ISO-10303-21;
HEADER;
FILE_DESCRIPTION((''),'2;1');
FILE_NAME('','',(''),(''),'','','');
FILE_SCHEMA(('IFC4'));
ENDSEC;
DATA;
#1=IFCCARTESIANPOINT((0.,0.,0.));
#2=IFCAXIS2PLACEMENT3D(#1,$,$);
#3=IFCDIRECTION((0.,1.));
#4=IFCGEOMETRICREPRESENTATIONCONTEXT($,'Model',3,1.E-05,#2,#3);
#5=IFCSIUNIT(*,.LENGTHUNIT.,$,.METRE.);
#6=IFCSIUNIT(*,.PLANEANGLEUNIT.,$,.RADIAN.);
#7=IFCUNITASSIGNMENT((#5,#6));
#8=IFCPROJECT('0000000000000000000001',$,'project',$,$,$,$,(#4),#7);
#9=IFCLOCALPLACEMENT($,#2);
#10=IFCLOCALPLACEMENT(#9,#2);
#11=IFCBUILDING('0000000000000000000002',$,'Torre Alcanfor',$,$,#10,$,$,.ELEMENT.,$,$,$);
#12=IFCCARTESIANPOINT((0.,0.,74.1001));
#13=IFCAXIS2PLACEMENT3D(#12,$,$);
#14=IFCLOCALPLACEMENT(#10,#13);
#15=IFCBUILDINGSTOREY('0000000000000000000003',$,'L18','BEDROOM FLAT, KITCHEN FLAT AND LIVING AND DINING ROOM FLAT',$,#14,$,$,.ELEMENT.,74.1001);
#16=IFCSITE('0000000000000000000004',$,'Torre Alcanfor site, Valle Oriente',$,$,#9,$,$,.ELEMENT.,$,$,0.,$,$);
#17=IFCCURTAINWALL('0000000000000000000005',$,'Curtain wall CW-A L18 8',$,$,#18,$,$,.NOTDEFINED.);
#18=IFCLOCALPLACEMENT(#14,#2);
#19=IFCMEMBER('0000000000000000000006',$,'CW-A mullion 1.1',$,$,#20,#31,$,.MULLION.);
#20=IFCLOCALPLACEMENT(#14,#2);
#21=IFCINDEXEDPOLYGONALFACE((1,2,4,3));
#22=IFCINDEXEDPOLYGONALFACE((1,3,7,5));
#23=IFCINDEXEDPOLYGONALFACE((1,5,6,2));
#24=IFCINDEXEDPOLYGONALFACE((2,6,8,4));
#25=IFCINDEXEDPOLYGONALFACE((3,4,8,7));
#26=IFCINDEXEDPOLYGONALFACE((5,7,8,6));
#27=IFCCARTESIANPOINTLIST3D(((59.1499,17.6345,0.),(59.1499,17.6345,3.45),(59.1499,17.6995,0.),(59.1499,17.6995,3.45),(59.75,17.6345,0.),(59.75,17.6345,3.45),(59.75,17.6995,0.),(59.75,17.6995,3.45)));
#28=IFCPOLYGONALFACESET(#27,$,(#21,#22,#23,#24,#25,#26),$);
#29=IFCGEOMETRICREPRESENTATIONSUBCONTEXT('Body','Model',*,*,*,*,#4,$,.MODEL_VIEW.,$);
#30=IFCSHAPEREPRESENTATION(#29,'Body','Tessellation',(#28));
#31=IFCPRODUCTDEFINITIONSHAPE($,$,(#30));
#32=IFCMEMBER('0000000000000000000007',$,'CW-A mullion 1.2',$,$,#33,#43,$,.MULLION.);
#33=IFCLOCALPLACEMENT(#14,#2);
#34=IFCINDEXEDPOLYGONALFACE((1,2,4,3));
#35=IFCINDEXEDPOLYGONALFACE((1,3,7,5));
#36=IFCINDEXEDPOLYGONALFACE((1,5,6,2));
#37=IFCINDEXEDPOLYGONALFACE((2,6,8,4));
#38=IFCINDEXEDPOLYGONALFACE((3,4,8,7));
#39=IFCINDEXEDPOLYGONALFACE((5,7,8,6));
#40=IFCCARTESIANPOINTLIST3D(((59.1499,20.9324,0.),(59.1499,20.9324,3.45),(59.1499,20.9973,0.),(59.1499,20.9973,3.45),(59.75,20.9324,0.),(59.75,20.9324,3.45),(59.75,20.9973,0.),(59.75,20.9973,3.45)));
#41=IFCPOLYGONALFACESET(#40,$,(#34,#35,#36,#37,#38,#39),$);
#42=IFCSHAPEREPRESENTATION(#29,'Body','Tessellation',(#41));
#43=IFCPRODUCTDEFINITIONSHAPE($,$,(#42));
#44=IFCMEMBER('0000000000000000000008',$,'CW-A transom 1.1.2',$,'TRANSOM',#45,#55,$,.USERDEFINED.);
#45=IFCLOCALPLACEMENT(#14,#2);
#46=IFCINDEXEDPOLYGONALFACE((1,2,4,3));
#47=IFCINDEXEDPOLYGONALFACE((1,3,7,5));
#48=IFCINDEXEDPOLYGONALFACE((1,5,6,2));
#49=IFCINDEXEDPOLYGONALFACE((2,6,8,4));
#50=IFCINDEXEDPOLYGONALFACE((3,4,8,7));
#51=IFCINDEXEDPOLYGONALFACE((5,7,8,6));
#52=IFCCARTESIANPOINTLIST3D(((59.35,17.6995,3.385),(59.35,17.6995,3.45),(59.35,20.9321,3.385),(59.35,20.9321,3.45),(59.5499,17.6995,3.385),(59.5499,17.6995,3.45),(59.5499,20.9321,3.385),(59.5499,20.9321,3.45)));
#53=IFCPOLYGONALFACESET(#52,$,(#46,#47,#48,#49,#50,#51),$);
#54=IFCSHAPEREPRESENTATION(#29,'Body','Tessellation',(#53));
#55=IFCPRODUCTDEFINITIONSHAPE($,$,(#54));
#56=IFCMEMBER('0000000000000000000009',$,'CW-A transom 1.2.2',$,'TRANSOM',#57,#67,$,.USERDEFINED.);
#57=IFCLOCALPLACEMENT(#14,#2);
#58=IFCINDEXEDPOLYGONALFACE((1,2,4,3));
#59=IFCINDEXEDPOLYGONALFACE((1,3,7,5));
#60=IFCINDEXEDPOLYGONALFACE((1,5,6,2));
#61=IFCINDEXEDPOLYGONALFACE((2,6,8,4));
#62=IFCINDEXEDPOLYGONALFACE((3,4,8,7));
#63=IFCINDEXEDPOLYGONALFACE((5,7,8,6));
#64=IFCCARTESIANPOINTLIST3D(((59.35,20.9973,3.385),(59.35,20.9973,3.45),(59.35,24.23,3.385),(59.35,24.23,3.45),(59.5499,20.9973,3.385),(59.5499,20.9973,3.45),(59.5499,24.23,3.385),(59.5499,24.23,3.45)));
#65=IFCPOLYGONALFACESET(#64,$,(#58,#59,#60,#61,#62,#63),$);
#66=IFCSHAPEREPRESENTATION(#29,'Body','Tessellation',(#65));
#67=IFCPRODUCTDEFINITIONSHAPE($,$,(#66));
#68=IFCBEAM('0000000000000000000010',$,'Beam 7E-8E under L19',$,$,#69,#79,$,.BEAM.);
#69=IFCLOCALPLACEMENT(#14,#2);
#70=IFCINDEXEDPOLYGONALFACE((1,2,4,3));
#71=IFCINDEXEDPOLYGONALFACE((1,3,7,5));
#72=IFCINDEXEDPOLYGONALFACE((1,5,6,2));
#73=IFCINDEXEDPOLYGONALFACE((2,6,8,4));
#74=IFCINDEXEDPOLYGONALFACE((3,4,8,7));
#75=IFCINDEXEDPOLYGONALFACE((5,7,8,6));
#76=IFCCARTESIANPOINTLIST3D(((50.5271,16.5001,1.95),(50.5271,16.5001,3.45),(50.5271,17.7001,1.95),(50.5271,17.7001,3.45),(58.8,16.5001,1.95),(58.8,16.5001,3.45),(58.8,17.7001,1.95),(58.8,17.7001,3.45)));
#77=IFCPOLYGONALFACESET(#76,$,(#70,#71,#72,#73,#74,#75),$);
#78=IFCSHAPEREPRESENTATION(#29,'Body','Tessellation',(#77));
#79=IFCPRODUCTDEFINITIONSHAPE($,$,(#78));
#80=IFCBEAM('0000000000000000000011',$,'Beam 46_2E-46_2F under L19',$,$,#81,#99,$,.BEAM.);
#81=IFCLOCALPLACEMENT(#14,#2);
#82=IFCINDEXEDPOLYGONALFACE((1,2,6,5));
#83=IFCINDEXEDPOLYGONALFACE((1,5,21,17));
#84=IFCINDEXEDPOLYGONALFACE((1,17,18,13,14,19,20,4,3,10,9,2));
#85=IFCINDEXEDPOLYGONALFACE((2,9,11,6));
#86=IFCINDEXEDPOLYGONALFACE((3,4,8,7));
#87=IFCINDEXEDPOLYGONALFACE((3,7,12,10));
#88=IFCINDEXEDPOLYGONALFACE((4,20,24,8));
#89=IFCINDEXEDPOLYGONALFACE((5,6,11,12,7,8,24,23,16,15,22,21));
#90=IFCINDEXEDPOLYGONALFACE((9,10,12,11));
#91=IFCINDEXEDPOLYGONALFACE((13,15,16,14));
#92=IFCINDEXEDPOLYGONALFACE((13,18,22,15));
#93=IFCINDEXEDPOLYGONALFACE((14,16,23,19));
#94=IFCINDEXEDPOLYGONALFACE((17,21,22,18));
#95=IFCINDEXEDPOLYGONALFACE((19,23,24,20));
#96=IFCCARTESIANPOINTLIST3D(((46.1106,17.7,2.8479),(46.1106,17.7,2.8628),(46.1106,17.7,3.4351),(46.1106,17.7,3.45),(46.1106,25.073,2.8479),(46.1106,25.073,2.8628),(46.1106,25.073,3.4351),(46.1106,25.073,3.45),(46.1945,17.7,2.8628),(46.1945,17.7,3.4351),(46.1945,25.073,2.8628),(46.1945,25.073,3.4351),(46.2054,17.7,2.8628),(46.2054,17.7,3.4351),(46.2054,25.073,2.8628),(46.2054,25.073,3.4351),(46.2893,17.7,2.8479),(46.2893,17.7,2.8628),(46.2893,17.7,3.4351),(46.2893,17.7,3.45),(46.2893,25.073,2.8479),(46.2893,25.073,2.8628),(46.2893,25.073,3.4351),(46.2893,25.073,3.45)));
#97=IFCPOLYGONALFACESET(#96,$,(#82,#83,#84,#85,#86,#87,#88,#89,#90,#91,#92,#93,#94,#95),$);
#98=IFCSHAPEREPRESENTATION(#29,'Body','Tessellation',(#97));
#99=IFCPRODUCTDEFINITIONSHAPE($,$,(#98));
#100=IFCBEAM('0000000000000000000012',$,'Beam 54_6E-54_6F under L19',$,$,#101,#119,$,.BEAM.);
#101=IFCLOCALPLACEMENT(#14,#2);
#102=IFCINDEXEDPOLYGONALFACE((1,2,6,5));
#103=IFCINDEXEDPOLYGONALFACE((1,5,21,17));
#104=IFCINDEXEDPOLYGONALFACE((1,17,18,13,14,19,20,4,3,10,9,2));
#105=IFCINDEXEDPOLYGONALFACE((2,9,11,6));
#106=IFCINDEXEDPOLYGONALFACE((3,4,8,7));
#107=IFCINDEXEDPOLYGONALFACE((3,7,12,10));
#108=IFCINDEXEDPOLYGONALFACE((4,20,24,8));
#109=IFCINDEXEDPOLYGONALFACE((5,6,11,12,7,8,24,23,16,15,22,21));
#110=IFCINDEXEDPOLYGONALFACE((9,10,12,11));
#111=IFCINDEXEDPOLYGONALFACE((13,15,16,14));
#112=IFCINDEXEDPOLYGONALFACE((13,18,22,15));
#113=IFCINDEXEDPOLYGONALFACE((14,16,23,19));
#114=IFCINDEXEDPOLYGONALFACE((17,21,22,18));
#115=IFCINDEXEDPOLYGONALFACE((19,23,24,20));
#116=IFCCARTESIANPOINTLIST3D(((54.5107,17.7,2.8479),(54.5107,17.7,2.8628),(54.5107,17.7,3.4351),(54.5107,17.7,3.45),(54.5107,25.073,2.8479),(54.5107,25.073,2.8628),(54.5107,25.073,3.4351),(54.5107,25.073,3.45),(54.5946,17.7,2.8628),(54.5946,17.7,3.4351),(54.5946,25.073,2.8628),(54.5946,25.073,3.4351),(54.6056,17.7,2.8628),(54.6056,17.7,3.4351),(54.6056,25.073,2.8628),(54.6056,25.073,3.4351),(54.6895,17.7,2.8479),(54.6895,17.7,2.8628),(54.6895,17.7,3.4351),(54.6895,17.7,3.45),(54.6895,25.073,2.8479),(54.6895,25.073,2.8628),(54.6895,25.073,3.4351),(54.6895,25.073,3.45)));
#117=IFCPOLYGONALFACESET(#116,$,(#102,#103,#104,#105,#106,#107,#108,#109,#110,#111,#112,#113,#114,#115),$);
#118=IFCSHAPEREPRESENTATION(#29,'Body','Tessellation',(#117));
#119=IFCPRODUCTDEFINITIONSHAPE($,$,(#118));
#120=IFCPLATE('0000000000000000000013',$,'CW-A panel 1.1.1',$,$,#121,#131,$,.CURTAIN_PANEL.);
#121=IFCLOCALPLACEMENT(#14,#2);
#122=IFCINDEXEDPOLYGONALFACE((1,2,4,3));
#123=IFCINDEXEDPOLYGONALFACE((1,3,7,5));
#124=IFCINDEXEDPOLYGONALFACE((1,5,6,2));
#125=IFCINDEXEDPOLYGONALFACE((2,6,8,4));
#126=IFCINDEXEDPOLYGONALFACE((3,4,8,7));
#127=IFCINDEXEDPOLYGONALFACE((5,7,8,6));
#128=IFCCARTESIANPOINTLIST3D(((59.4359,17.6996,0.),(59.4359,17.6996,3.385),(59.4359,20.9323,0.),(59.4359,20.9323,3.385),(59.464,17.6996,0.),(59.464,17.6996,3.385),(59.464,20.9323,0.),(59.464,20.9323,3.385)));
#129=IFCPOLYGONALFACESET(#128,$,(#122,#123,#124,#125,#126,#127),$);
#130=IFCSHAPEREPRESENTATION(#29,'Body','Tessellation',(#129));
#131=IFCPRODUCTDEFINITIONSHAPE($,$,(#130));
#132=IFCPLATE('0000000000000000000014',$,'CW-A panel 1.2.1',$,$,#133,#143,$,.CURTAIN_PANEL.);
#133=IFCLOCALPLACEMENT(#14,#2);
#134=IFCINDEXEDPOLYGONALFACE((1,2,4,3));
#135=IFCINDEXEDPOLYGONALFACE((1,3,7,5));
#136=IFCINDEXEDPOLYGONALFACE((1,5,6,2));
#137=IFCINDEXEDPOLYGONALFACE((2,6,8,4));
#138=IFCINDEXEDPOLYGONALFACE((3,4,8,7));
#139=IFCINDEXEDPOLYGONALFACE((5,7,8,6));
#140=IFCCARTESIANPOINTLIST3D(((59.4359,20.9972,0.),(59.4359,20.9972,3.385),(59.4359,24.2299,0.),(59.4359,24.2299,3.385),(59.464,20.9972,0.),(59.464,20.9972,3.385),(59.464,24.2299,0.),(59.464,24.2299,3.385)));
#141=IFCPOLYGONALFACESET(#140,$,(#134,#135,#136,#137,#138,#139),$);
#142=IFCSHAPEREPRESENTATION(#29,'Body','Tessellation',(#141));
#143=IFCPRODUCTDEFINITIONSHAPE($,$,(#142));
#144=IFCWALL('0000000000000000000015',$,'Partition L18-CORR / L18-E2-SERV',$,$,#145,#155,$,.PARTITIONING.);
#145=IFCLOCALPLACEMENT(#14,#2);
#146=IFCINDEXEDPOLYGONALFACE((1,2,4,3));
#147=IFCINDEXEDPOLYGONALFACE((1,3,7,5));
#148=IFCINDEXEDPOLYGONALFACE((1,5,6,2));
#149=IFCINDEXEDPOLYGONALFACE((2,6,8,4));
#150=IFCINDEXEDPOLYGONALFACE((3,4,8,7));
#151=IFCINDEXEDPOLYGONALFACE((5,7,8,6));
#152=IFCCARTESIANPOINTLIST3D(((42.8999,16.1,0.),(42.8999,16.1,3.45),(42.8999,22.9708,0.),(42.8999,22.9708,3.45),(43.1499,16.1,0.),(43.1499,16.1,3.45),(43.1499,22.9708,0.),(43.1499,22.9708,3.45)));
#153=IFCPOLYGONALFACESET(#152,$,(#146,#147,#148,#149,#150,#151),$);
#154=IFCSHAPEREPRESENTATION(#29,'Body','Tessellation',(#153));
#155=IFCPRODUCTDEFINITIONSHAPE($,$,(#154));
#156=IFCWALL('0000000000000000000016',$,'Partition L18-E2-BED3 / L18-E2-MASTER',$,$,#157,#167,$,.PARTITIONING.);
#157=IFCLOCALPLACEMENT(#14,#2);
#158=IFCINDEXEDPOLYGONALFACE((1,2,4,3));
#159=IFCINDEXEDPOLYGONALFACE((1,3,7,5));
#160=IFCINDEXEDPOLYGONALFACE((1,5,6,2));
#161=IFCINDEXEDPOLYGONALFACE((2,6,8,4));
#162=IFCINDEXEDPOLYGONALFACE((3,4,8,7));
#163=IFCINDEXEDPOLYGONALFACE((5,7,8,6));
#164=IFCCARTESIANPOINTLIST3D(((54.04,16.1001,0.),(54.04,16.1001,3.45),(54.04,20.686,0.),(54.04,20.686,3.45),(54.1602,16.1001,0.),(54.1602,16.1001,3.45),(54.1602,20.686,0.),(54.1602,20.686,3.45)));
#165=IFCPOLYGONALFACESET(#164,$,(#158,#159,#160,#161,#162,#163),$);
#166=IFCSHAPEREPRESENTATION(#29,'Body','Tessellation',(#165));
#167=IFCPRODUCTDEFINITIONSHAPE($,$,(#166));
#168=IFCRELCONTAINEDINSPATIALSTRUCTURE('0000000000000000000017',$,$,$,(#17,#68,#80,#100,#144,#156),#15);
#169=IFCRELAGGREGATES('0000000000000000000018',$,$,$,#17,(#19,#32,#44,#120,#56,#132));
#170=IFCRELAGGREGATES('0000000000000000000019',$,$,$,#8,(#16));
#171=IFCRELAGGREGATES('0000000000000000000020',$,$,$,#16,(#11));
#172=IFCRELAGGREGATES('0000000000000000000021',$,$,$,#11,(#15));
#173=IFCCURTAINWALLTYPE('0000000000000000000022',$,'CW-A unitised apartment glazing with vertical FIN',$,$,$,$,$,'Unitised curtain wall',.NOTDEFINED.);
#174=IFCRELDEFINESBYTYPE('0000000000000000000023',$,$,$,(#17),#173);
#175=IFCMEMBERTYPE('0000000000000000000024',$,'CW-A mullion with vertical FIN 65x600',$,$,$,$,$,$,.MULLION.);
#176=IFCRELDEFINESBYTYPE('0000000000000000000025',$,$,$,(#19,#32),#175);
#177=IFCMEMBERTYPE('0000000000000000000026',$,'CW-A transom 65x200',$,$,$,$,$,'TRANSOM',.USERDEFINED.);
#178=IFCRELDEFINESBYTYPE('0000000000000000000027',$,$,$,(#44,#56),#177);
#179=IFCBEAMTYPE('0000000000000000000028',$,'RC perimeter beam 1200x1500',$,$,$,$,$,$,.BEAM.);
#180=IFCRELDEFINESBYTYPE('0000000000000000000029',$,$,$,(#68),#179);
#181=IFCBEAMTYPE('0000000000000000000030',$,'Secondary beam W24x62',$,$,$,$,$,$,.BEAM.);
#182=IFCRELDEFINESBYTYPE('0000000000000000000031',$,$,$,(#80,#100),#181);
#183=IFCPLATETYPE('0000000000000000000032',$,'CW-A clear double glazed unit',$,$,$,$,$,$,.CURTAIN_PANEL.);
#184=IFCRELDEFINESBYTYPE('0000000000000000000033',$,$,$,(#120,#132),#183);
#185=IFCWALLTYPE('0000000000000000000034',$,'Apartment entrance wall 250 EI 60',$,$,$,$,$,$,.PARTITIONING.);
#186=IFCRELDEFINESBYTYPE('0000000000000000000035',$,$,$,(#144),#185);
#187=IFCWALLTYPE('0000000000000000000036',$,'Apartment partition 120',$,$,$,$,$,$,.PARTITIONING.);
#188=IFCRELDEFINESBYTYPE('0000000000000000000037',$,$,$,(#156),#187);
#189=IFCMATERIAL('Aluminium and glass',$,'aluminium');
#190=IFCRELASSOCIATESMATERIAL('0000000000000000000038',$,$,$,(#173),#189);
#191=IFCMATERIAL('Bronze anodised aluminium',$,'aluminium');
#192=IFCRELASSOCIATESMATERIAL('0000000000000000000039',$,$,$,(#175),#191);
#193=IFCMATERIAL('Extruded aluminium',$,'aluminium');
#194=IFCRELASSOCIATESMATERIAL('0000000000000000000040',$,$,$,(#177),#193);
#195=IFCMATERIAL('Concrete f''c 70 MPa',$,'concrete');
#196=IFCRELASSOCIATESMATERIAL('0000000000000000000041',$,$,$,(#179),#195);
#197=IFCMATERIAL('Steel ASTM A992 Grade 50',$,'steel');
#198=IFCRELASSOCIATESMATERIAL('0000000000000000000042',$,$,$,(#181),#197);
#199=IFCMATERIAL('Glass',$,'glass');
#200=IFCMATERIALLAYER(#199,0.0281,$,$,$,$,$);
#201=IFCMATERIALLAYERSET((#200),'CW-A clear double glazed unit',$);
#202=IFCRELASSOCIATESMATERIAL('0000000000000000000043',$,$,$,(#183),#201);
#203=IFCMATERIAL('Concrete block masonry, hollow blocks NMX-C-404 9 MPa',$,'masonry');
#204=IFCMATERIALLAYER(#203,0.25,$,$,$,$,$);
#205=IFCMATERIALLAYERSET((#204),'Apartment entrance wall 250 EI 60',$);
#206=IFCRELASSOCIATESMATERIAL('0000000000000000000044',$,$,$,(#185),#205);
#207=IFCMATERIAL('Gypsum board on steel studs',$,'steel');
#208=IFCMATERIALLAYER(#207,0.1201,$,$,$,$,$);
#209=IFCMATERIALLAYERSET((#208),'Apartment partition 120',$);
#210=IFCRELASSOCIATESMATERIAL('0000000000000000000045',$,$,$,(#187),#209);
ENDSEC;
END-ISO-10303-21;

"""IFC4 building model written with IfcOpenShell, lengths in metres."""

from ifc_helpers import new_model, si_unit, direction, frame, frame_2d, origin, origin_2d, place, context, subcontext, project, spatial, rectangle, i_section, extrude, material, layer, layer_set, material_profile, profile_set, type_object, element, aggregate, save


model = new_model("IFC4")

# Units and contexts
model_context = context("Model", 3, precision=1e-05, world=origin(), true_north=direction((0.0, 1.0)))
body_context = subcontext(model_context, "Body", "Model", "MODEL_VIEW")
ifc_project = project(units=[si_unit("LENGTHUNIT", "METRE"), si_unit("PLANEANGLEUNIT", "RADIAN")], contexts=[model_context])

# Site, building, storey
site_placement = place(None, origin())
site = spatial("IfcSite", under=ifc_project, at=site_placement, Name="Torre Alcanfor site, Valle Oriente", CompositionType="ELEMENT", RefElevation=0.0)
building_placement = place(site_placement, origin())
building = spatial("IfcBuilding", under=site, at=building_placement, Name="Torre Alcanfor", CompositionType="ELEMENT")
storey_placement = place(building_placement, frame((0.0, 0.0, 74.1001)))
storey = spatial("IfcBuildingStorey", under=building, at=storey_placement, Name="L18", Description="BEDROOM FLAT, KITCHEN FLAT AND LIVING AND DINING ROOM FLAT", CompositionType="ELEMENT", Elevation=74.1001)

# Curtain wall, members
ifc_material_1 = material(Name="Aluminium and glass", Category="aluminium")
curtain_wall_type = type_object("IfcCurtainWallType", Name="CW-A unitised apartment glazing with vertical FIN", ElementType="Unitised curtain wall", PredefinedType="NOTDEFINED", material=ifc_material_1)
curtain_wall_placement = place(storey_placement, origin())
curtain_wall = element("IfcCurtainWall", 1, at=curtain_wall_placement, inside=storey, type_object=curtain_wall_type, Name="Curtain wall CW-A L18 8", PredefinedType="NOTDEFINED")
ifc_material_2 = material(Name="Bronze anodised aluminium", Category="aluminium")
ifc_material_profile_1 = material_profile(ifc_material_2, rectangle(XDim=0.6001, YDim=0.0649, at=origin_2d()), Name="CW-A mullion 65x600")
ifc_profile_set_1 = profile_set([ifc_material_profile_1], Name="Bronze anodised aluminium")
member_type_1 = type_object("IfcMemberType", Name="CW-A mullion with vertical FIN 65x600", PredefinedType="MULLION", material=ifc_profile_set_1)
member_1_placement = place(storey_placement, frame((59.45, 17.667, 0.0), z_axis=(0.0, 0.0, 1.0), x_axis=(-1.0, 0.0, 0.0)))
member_1 = element("IfcMember", 2, at=member_1_placement, type_object=member_type_1, Name="CW-A mullion 1.1", PredefinedType="MULLION", context=body_context, shape_type="SweptSolid", body=[
    extrude(rectangle(XDim=0.6001, YDim=0.0649, at=origin_2d()), origin(), (0.0, 0.0, 1.0), 3.45),
])
member_2_placement = place(storey_placement, frame((59.45, 20.9648, 0.0), z_axis=(0.0, 0.0, 1.0), x_axis=(-1.0, 0.0, 0.0)))
member_2 = element("IfcMember", 3, at=member_2_placement, type_object=member_type_1, Name="CW-A mullion 1.2", PredefinedType="MULLION", context=body_context, shape_type="SweptSolid", body=[
    extrude(rectangle(XDim=0.6001, YDim=0.0649, at=origin_2d()), origin(), (0.0, 0.0, 1.0), 3.45),
])
ifc_material_3 = material(Name="Extruded aluminium", Category="aluminium")
ifc_material_profile_2 = material_profile(ifc_material_3, rectangle(XDim=0.2, YDim=0.0649, at=origin_2d()), Name="CW-A transom 200x65")
ifc_profile_set_2 = profile_set([ifc_material_profile_2], Name="Extruded aluminium")
member_type_2 = type_object("IfcMemberType", Name="CW-A transom 65x200", ElementType="TRANSOM", PredefinedType="USERDEFINED", material=ifc_profile_set_2)
member_3_placement = place(storey_placement, frame((59.45, 17.6995, 3.4175), z_axis=(0.0, 1.0, 0.0), x_axis=(-1.0, 0.0, 0.0)))
member_3 = element("IfcMember", 4, at=member_3_placement, type_object=member_type_2, Name="CW-A transom 1.1.2", ObjectType="TRANSOM", PredefinedType="USERDEFINED", context=body_context, shape_type="SweptSolid", body=[
    extrude(rectangle(XDim=0.2, YDim=0.0649, at=origin_2d()), origin(), (0.0, 0.0, 1.0), 3.2327),
])
member_4_placement = place(storey_placement, frame((59.45, 20.9973, 3.4175), z_axis=(0.0, 1.0, 0.0), x_axis=(-1.0, 0.0, 0.0)))
member_4 = element("IfcMember", 5, at=member_4_placement, type_object=member_type_2, Name="CW-A transom 1.2.2", ObjectType="TRANSOM", PredefinedType="USERDEFINED", context=body_context, shape_type="SweptSolid", body=[
    extrude(rectangle(XDim=0.2, YDim=0.0649, at=origin_2d()), origin(), (0.0, 0.0, 1.0), 3.2327),
])

# Beams
ifc_material_4 = material(Name="Concrete f'c 70 MPa", Category="concrete")
ifc_material_profile_3 = material_profile(ifc_material_4, rectangle(XDim=1.2, YDim=1.5, at=origin_2d()), Name="1200x1500")
ifc_profile_set_3 = profile_set([ifc_material_profile_3], Name="Concrete f'c 70 MPa")
beam_type_1 = type_object("IfcBeamType", Name="RC perimeter beam 1200x1500", PredefinedType="BEAM", material=ifc_profile_set_3)
beam_placement = place(storey_placement, frame((50.5271, 17.1001, 2.7), z_axis=(1.0, 0.0, 0.0), x_axis=(0.0, 1.0, 0.0)))
element("IfcBeam", 6, at=beam_placement, inside=storey, type_object=beam_type_1, Name="Beam 7E-8E under L19", PredefinedType="BEAM", context=body_context, shape_type="SweptSolid", body=[
    extrude(rectangle(XDim=1.2, YDim=1.5, at=origin_2d()), origin(), (0.0, 0.0, 1.0), 8.2729),
])
ifc_material_5 = material(Name="Steel ASTM A992 Grade 50", Category="steel")
ifc_material_profile_4 = material_profile(ifc_material_5, i_section(OverallWidth=0.1787, OverallDepth=0.6021, WebThickness=0.011, FlangeThickness=0.0149, at=origin_2d()), Name="W24x62")
ifc_profile_set_4 = profile_set([ifc_material_profile_4], Name="Steel ASTM A992 Grade 50")
beam_type_2 = type_object("IfcBeamType", Name="Secondary beam W24x62", PredefinedType="BEAM", material=ifc_profile_set_4)
for number, where, z_axis, x_axis, name in (
    (7, (46.2, 17.7, 3.1489), (0.0, 1.0, 0.0), (-1.0, 0.0, 0.0), "Beam 46_2E-46_2F under L19"),
    (8, (54.6001, 17.7, 3.1489), (0.0, 1.0, 0.0), (-1.0, 0.0, 0.0), "Beam 54_6E-54_6F under L19"),
):
    element("IfcBeam", number, at=place(storey_placement, frame(where, z_axis=z_axis, x_axis=x_axis)), inside=storey, type_object=beam_type_2, Name=name, PredefinedType="BEAM", context=body_context, shape_type="SweptSolid", body=[
        extrude(i_section(OverallWidth=0.1787, OverallDepth=0.6021, WebThickness=0.011, FlangeThickness=0.0149, at=origin_2d()), origin(), (0.0, 0.0, 1.0), 7.373),
    ])

# Plates
ifc_material_6 = material(Name="Glass", Category="glass")
ifc_layer_1 = layer(ifc_material_6, 0.0281)
ifc_layer_set_1 = layer_set([ifc_layer_1], Name="CW-A clear double glazed unit")
plate_type = type_object("IfcPlateType", Name="CW-A clear double glazed unit", PredefinedType="CURTAIN_PANEL", material=ifc_layer_set_1)
plate_1_placement = place(storey_placement, frame((59.45, 19.3159, 0.0), z_axis=(0.0, 0.0, 1.0), x_axis=(0.0, 1.0, 0.0)))
plate_1 = element("IfcPlate", 9, at=plate_1_placement, type_object=plate_type, Name="CW-A panel 1.1.1", PredefinedType="CURTAIN_PANEL", context=body_context, shape_type="SweptSolid", body=[
    extrude(rectangle(XDim=3.2327, YDim=0.0281, at=origin_2d()), origin(), (0.0, 0.0, 1.0), 3.385),
])
plate_2_placement = place(storey_placement, frame((59.45, 22.6135, 0.0), z_axis=(0.0, 0.0, 1.0), x_axis=(0.0, 1.0, 0.0)))
plate_2 = element("IfcPlate", 10, at=plate_2_placement, type_object=plate_type, Name="CW-A panel 1.2.1", PredefinedType="CURTAIN_PANEL", context=body_context, shape_type="SweptSolid", body=[
    extrude(rectangle(XDim=3.2327, YDim=0.0281, at=origin_2d()), origin(), (0.0, 0.0, 1.0), 3.385),
])
aggregate(curtain_wall, [member_1, member_2, member_3, plate_1, member_4, plate_2])

# Walls
ifc_material_7 = material(Name="Concrete block masonry, hollow blocks NMX-C-404 9 MPa", Category="masonry")
ifc_layer_2 = layer(ifc_material_7, 0.25)
ifc_layer_set_2 = layer_set([ifc_layer_2], Name="Apartment entrance wall 250 EI 60")
wall_type_1 = type_object("IfcWallType", Name="Apartment entrance wall 250 EI 60", PredefinedType="PARTITIONING", material=ifc_layer_set_2)
wall_1_placement = place(storey_placement, frame((43.0249, 22.9709, 0.0), z_axis=(0.0, 0.0, 1.0), x_axis=(0.0, -1.0, 0.0)))
element("IfcWall", 11, at=wall_1_placement, inside=storey, type_object=wall_type_1, Name="Partition L18-CORR / L18-E2-SERV", PredefinedType="PARTITIONING", context=body_context, shape_type="SweptSolid", body=[
    extrude(rectangle(XDim=6.8708, YDim=0.25, at=frame_2d((3.4355, 0.0))), origin(), (0.0, 0.0, 1.0), 3.45),
])
ifc_material_8 = material(Name="Gypsum board on steel studs", Category="steel")
ifc_layer_3 = layer(ifc_material_8, 0.1201)
ifc_layer_set_3 = layer_set([ifc_layer_3], Name="Apartment partition 120")
wall_type_2 = type_object("IfcWallType", Name="Apartment partition 120", PredefinedType="PARTITIONING", material=ifc_layer_set_3)
wall_2_placement = place(storey_placement, frame((54.1001, 20.686, 0.0), z_axis=(0.0, 0.0, 1.0), x_axis=(0.0, -1.0, 0.0)))
element("IfcWall", 12, at=wall_2_placement, inside=storey, type_object=wall_type_2, Name="Partition L18-E2-BED3 / L18-E2-MASTER", PredefinedType="PARTITIONING", context=body_context, shape_type="SweptSolid", body=[
    extrude(rectangle(XDim=4.5859, YDim=0.1201, at=frame_2d((2.293, 0.0))), origin(), (0.0, 0.0, 1.0), 3.45),
])

save(model, "model.ifc")
